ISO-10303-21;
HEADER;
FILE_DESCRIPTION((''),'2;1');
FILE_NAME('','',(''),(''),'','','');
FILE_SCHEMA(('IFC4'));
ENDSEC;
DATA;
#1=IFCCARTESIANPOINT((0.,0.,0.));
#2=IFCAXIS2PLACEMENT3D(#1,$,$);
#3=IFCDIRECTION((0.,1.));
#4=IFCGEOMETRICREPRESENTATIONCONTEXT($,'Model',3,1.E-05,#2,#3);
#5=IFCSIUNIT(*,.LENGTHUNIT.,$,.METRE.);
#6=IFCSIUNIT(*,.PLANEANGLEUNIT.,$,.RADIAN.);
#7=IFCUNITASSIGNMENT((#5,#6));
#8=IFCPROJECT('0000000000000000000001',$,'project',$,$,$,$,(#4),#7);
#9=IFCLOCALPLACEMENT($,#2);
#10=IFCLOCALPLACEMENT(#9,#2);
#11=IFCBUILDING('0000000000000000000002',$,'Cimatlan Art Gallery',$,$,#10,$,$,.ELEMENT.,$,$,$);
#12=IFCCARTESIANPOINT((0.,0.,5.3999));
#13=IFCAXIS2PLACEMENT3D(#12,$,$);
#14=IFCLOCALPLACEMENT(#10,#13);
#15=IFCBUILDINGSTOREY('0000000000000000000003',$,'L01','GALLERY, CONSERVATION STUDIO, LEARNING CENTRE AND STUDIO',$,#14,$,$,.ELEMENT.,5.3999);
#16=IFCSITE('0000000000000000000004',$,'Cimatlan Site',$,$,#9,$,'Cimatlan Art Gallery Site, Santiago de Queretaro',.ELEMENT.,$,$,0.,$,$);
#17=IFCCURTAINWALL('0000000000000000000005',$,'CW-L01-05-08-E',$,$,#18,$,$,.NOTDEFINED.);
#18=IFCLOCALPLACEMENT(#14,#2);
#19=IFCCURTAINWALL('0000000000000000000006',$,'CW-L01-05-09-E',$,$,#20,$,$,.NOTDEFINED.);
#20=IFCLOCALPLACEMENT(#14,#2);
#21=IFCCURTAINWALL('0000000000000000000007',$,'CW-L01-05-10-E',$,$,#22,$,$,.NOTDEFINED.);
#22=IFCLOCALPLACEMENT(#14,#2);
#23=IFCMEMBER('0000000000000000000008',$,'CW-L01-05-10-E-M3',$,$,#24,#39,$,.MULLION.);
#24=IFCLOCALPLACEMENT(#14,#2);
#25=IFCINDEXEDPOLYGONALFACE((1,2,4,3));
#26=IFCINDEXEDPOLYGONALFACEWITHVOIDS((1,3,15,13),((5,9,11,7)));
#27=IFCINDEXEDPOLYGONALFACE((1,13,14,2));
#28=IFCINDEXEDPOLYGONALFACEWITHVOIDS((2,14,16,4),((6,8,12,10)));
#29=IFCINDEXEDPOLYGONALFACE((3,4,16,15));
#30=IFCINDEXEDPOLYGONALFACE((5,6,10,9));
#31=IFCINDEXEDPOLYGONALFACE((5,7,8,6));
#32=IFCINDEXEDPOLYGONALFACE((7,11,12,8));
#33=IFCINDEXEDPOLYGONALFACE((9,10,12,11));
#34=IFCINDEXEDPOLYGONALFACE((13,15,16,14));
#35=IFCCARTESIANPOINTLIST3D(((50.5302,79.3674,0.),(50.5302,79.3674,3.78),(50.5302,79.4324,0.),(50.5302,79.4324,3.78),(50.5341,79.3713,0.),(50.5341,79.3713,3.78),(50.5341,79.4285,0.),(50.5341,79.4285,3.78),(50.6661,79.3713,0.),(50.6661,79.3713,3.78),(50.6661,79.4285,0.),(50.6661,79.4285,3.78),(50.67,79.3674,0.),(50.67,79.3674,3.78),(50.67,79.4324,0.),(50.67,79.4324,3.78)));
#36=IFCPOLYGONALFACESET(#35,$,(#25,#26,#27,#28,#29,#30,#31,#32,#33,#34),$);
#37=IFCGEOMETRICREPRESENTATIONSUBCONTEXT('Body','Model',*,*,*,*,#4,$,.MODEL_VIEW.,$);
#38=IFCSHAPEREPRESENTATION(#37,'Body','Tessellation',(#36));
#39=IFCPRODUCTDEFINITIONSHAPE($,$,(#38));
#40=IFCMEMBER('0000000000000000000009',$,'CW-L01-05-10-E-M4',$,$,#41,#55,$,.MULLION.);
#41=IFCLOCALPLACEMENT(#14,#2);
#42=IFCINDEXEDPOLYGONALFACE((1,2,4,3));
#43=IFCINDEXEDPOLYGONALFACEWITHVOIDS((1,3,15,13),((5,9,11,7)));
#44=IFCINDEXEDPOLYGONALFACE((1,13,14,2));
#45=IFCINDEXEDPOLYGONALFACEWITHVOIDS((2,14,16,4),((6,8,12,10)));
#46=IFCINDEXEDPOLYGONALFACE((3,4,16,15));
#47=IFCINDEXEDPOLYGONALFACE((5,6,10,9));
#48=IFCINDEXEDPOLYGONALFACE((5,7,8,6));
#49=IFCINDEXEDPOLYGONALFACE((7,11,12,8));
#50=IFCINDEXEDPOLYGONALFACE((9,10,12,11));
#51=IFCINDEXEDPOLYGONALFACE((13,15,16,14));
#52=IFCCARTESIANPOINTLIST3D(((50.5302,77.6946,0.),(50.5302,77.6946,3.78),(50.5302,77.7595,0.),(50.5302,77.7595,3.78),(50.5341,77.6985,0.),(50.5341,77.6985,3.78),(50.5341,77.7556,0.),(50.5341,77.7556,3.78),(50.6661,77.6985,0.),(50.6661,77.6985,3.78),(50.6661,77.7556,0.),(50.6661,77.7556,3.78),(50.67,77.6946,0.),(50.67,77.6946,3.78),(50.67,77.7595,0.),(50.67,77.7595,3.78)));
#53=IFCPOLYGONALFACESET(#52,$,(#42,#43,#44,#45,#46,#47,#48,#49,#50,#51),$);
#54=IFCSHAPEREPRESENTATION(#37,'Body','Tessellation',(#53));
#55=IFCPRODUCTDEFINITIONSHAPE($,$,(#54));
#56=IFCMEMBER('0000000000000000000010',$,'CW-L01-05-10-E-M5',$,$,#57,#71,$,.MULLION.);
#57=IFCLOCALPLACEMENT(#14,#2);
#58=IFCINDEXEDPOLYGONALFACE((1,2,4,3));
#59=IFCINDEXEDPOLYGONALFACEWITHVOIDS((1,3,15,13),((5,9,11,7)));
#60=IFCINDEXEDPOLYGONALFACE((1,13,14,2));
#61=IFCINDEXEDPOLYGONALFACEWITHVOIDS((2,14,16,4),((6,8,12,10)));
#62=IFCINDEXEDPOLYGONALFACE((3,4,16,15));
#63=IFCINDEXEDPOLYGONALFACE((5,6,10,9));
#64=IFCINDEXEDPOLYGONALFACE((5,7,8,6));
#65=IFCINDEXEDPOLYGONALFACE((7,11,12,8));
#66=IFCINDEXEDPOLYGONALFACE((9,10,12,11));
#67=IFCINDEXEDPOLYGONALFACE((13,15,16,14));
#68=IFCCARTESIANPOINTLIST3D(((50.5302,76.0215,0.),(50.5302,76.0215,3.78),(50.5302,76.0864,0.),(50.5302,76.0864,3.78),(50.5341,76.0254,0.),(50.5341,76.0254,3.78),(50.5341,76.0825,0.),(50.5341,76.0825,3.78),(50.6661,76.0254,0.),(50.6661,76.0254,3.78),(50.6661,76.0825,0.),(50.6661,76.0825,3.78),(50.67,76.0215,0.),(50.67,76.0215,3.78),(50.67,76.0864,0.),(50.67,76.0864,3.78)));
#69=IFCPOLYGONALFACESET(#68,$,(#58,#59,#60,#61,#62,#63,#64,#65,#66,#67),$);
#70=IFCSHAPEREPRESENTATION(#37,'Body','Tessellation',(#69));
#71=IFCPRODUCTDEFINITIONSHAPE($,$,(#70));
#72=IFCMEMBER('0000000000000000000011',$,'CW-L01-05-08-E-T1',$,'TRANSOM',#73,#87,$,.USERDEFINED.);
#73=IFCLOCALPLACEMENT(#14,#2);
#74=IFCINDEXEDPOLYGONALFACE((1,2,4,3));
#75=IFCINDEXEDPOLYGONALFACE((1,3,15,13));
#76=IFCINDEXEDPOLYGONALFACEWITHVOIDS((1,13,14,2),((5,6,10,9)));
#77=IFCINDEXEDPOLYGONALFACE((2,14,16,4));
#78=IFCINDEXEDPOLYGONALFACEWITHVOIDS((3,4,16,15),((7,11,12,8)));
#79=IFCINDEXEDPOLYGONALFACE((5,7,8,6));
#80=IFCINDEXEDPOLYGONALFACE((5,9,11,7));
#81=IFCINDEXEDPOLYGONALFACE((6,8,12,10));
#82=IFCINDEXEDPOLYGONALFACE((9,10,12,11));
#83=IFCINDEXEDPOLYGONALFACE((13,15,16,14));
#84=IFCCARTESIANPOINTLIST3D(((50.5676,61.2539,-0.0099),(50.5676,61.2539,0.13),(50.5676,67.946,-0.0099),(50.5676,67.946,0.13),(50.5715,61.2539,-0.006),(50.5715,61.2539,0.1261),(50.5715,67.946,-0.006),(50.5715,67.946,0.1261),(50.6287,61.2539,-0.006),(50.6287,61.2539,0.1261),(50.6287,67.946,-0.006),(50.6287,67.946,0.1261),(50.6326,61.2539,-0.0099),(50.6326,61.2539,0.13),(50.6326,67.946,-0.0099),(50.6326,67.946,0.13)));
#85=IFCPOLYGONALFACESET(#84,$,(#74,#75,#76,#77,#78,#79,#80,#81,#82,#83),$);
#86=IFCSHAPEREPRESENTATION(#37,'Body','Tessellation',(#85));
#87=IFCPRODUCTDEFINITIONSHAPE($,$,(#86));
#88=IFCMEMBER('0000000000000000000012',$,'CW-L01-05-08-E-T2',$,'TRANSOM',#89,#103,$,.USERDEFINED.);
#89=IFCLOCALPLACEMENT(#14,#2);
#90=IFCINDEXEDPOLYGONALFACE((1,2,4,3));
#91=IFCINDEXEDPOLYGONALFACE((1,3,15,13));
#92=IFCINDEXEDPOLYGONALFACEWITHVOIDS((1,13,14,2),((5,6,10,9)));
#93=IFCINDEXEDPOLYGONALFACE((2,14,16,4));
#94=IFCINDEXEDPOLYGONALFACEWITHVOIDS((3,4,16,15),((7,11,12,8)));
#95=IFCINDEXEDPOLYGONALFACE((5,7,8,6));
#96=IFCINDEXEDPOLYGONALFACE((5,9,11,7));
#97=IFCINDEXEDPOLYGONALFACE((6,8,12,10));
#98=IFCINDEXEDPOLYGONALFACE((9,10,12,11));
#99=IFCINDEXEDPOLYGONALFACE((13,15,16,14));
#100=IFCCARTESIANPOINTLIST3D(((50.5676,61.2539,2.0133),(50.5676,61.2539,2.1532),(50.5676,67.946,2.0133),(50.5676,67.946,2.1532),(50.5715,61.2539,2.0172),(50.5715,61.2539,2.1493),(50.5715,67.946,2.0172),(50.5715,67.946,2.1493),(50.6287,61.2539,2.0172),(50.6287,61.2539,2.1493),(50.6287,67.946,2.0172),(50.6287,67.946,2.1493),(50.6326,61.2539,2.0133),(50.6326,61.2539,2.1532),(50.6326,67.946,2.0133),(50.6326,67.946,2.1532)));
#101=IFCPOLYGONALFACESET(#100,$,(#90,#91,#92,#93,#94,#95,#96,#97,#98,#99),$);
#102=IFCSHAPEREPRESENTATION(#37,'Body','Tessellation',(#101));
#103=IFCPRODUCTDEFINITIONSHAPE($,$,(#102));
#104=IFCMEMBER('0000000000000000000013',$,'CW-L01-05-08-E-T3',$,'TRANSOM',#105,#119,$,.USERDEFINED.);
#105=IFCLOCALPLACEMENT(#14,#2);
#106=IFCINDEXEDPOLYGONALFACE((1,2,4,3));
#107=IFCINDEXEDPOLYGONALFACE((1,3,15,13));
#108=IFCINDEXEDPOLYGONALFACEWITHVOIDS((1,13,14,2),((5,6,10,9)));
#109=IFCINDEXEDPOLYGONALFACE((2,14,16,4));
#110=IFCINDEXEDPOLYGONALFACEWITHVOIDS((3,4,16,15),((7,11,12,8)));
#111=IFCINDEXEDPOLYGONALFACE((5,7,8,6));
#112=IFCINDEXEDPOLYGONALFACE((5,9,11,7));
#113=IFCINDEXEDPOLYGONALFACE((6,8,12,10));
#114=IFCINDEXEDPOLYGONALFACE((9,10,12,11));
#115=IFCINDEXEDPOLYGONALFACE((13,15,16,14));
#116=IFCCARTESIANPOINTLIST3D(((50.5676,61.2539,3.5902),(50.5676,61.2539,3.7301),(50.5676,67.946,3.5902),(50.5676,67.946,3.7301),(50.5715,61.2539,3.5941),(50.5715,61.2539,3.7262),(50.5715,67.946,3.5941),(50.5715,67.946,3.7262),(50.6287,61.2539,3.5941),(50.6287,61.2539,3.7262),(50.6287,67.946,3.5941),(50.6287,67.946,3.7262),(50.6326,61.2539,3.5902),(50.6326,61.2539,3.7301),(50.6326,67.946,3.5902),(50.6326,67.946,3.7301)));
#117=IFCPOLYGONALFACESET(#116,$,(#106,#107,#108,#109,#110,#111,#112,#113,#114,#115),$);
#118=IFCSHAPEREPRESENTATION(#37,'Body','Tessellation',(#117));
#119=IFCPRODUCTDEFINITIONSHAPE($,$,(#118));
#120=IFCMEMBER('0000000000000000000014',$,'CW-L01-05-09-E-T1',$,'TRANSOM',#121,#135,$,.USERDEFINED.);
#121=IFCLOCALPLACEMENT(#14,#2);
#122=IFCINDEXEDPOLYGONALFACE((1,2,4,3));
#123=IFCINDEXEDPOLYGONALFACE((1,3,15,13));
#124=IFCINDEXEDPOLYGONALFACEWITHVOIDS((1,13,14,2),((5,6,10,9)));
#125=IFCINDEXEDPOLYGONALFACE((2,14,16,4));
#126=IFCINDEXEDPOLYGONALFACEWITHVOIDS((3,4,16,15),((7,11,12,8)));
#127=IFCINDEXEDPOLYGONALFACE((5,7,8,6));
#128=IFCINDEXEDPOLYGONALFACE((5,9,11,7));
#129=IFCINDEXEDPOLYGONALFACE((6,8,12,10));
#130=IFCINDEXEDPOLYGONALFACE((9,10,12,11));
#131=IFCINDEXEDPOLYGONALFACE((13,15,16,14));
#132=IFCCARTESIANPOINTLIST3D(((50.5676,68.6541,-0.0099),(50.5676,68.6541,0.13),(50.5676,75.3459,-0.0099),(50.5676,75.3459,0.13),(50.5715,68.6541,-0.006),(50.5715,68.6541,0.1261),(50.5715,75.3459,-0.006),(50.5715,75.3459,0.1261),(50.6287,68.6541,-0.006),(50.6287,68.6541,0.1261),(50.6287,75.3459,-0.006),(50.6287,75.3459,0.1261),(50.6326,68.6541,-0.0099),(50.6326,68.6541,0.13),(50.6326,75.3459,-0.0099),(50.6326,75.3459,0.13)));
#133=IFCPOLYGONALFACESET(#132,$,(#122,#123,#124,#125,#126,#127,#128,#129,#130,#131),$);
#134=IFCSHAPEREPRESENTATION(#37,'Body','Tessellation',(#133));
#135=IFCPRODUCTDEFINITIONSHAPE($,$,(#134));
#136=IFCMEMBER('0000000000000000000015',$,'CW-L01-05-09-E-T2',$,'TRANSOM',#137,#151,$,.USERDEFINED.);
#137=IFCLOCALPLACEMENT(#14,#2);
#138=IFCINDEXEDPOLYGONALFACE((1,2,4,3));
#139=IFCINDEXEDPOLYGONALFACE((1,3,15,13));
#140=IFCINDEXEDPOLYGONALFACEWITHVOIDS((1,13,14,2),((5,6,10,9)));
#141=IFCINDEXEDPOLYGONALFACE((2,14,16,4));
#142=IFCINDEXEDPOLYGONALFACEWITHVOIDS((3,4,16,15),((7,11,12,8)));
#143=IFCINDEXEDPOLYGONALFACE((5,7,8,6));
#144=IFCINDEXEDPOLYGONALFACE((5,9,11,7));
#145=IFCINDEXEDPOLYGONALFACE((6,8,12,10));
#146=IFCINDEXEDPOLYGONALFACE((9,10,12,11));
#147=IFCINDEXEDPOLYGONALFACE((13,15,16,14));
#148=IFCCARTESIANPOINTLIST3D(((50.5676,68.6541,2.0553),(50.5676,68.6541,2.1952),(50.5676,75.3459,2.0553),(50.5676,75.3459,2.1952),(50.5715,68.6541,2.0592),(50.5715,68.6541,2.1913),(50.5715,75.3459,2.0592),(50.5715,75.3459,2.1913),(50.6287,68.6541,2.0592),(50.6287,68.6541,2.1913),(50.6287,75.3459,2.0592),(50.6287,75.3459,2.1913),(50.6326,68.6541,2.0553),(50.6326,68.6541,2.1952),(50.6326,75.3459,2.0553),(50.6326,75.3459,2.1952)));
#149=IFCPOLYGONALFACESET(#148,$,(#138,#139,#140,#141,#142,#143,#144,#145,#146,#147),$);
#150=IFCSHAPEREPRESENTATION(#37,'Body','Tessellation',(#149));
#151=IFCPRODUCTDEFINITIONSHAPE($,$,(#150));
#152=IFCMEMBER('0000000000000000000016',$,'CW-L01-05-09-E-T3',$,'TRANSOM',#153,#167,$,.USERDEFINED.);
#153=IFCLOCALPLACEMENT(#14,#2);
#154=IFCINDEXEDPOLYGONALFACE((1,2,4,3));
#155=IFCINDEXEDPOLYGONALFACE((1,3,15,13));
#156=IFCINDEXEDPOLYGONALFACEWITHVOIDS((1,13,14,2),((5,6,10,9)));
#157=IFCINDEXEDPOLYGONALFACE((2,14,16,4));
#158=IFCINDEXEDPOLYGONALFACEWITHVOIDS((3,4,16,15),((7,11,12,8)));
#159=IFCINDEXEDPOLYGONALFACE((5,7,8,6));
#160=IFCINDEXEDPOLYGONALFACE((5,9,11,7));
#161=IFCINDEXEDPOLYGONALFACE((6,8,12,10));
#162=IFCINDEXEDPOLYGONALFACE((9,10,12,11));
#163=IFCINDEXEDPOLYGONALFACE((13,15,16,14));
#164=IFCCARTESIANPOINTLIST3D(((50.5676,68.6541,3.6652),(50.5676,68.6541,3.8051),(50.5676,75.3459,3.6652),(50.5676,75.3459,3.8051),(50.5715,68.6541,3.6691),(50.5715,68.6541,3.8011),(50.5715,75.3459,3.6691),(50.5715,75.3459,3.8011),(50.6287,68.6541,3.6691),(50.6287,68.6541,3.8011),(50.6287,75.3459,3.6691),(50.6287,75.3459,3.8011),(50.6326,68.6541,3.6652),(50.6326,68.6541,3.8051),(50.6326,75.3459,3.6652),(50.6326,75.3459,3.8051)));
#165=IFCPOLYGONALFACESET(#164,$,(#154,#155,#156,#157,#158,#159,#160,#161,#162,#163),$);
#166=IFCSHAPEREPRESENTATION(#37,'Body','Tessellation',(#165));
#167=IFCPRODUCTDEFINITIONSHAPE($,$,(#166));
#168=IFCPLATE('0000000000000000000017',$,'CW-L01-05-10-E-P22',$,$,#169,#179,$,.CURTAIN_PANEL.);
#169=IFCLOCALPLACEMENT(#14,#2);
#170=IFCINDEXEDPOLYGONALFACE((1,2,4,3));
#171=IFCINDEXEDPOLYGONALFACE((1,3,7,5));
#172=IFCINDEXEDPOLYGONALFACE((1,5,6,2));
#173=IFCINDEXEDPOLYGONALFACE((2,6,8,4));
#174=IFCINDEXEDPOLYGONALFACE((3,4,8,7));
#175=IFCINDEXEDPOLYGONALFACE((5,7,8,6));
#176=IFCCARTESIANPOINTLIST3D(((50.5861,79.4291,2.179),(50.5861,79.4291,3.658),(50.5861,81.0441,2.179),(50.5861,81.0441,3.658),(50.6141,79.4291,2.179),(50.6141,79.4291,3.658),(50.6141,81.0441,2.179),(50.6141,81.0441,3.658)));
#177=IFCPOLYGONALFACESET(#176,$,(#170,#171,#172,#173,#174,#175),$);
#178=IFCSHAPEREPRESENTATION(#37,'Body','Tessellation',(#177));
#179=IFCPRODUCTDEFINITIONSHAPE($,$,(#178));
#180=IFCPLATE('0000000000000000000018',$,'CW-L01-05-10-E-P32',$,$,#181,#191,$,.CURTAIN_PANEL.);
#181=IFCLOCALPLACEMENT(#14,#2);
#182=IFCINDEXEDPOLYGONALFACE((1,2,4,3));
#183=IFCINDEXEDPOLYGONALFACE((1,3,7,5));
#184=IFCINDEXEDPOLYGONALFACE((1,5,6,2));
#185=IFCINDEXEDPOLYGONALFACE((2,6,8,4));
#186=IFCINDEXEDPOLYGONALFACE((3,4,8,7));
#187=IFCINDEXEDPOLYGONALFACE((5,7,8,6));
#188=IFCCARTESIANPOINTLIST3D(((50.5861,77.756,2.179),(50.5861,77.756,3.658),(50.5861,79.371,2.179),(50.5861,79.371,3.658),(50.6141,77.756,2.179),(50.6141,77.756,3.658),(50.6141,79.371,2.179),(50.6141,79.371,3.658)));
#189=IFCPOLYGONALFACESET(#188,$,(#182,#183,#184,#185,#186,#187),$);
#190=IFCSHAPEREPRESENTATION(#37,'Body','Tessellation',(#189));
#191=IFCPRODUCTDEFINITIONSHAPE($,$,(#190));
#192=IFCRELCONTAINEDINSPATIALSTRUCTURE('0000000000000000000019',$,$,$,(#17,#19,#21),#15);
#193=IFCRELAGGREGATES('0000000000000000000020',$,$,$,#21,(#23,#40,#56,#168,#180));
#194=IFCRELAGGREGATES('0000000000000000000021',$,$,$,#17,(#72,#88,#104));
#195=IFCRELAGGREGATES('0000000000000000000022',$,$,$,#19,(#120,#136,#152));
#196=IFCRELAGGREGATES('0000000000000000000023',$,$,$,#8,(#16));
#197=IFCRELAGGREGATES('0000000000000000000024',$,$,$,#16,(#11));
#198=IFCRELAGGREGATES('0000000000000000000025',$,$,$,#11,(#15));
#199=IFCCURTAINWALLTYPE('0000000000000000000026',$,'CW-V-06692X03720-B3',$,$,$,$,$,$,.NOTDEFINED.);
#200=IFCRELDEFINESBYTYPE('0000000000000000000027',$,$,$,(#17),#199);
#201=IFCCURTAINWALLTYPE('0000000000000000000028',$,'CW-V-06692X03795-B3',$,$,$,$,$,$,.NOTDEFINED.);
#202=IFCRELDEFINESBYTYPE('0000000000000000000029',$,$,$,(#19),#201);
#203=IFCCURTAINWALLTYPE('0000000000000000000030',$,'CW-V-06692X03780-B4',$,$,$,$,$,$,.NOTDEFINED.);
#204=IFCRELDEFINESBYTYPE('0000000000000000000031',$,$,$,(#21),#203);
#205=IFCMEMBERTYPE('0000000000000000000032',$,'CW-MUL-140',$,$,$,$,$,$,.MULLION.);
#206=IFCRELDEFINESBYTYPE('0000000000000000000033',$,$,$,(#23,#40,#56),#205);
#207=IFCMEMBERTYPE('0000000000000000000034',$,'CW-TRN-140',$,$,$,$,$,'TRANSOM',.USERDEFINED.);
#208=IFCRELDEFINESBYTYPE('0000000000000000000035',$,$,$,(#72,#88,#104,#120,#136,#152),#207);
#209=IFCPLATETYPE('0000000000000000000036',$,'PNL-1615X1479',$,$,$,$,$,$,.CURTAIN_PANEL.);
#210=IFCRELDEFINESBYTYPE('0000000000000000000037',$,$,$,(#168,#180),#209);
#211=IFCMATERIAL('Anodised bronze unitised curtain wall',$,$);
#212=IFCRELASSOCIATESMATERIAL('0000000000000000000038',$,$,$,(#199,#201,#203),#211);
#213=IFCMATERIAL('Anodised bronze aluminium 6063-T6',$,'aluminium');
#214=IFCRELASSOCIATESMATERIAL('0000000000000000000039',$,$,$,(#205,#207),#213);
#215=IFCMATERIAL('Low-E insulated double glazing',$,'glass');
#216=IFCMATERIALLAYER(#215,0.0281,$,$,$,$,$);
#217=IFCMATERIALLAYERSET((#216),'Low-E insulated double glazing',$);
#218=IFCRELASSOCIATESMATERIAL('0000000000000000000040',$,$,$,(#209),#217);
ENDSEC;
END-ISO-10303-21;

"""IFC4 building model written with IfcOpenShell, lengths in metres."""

from ifc_helpers import new_model, si_unit, direction, frame, origin, origin_2d, place, context, subcontext, project, spatial, rectangle, hollow_rectangle, extrude, material, layer, layer_set, material_profile, profile_set, type_object, element, aggregate, save


model = new_model("IFC4")

# Units and contexts
model_context = context("Model", 3, precision=1e-05, world=origin(), true_north=direction((0.0, 1.0)))
body_context = subcontext(model_context, "Body", "Model", "MODEL_VIEW")
ifc_project = project(units=[si_unit("LENGTHUNIT", "METRE"), si_unit("PLANEANGLEUNIT", "RADIAN")], contexts=[model_context])

# Site, building, storey
site_placement = place(None, origin())
site = spatial("IfcSite", under=ifc_project, at=site_placement, Name="Cimatlan Site", LongName="Cimatlan Art Gallery Site, Santiago de Queretaro", CompositionType="ELEMENT", RefElevation=0.0)
building_placement = place(site_placement, origin())
building = spatial("IfcBuilding", under=site, at=building_placement, Name="Cimatlan Art Gallery", CompositionType="ELEMENT")
storey_placement = place(building_placement, frame((0.0, 0.0, 5.3999)))
storey = spatial("IfcBuildingStorey", under=building, at=storey_placement, Name="L01", Description="GALLERY, CONSERVATION STUDIO, LEARNING CENTRE AND STUDIO", CompositionType="ELEMENT", Elevation=5.3999)

# Curtain walls, members
ifc_material_1 = material(Name="Anodised bronze unitised curtain wall")
curtain_wall_type_1 = type_object("IfcCurtainWallType", Name="CW-V-06692X03720-B3", PredefinedType="NOTDEFINED", material=ifc_material_1)
curtain_wall_1_placement = place(storey_placement, origin())
curtain_wall_1 = element("IfcCurtainWall", 1, at=curtain_wall_1_placement, inside=storey, type_object=curtain_wall_type_1, Name="CW-L01-05-08-E", PredefinedType="NOTDEFINED")
ifc_material_2 = material(Name="Anodised bronze aluminium 6063-T6", Category="aluminium")
ifc_material_profile_1 = material_profile(ifc_material_2, hollow_rectangle(XDim=0.0649, YDim=0.1399, WallThickness=0.0039, at=origin_2d()), Name="ALU65X140X4")
ifc_profile_set_1 = profile_set([ifc_material_profile_1], Name="Anodised bronze aluminium 6063-T6")
member_type_1 = type_object("IfcMemberType", Name="CW-MUL-140", PredefinedType="MULLION", material=ifc_profile_set_1)
curtain_wall_type_2 = type_object("IfcCurtainWallType", Name="CW-V-06692X03795-B3", PredefinedType="NOTDEFINED", material=ifc_material_1)
curtain_wall_2_placement = place(storey_placement, origin())
curtain_wall_2 = element("IfcCurtainWall", 2, at=curtain_wall_2_placement, inside=storey, type_object=curtain_wall_type_2, Name="CW-L01-05-09-E", PredefinedType="NOTDEFINED")
curtain_wall_type_3 = type_object("IfcCurtainWallType", Name="CW-V-06692X03780-B4", PredefinedType="NOTDEFINED", material=ifc_material_1)
curtain_wall_3_placement = place(storey_placement, origin())
curtain_wall_3 = element("IfcCurtainWall", 3, at=curtain_wall_3_placement, inside=storey, type_object=curtain_wall_type_3, Name="CW-L01-05-10-E", PredefinedType="NOTDEFINED")
member_1_placement = place(storey_placement, frame((50.6001, 79.3999, 0.0), z_axis=(0.0, 0.0, 1.0), x_axis=(0.0, 1.0, 0.0)))
member_1 = element("IfcMember", 4, at=member_1_placement, type_object=member_type_1, Name="CW-L01-05-10-E-M3", PredefinedType="MULLION", context=body_context, shape_type="SweptSolid", body=[
    extrude(hollow_rectangle(XDim=0.0649, YDim=0.1399, WallThickness=0.0039, at=origin_2d()), origin(), (0.0, 0.0, 1.0), 3.78),
])
member_2_placement = place(storey_placement, frame((50.6001, 77.7271, 0.0), z_axis=(0.0, 0.0, 1.0), x_axis=(0.0, 1.0, 0.0)))
member_2 = element("IfcMember", 5, at=member_2_placement, type_object=member_type_1, Name="CW-L01-05-10-E-M4", PredefinedType="MULLION", context=body_context, shape_type="SweptSolid", body=[
    extrude(hollow_rectangle(XDim=0.0649, YDim=0.1399, WallThickness=0.0039, at=origin_2d()), origin(), (0.0, 0.0, 1.0), 3.78),
])
member_3_placement = place(storey_placement, frame((50.6001, 76.054, 0.0), z_axis=(0.0, 0.0, 1.0), x_axis=(0.0, 1.0, 0.0)))
member_3 = element("IfcMember", 6, at=member_3_placement, type_object=member_type_1, Name="CW-L01-05-10-E-M5", PredefinedType="MULLION", context=body_context, shape_type="SweptSolid", body=[
    extrude(hollow_rectangle(XDim=0.0649, YDim=0.1399, WallThickness=0.0039, at=origin_2d()), origin(), (0.0, 0.0, 1.0), 3.78),
])

# Members
ifc_material_profile_2 = material_profile(ifc_material_2, hollow_rectangle(XDim=0.0649, YDim=0.1399, WallThickness=0.0039, at=origin_2d()), Name="ALU65X140X4")
ifc_profile_set_2 = profile_set([ifc_material_profile_2], Name="Anodised bronze aluminium 6063-T6")
member_type_2 = type_object("IfcMemberType", Name="CW-TRN-140", ElementType="TRANSOM", PredefinedType="USERDEFINED", material=ifc_profile_set_2)
member_4_placement = place(storey_placement, frame((50.6001, 67.946, 0.0601), z_axis=(0.0, -1.0, 0.0), x_axis=(1.0, 0.0, 0.0)))
member_4 = element("IfcMember", 7, at=member_4_placement, type_object=member_type_2, Name="CW-L01-05-08-E-T1", ObjectType="TRANSOM", PredefinedType="USERDEFINED", context=body_context, shape_type="SweptSolid", body=[
    extrude(hollow_rectangle(XDim=0.0649, YDim=0.1399, WallThickness=0.0039, at=origin_2d()), origin(), (0.0, 0.0, 1.0), 6.6921),
])
member_5_placement = place(storey_placement, frame((50.6001, 67.946, 2.0833), z_axis=(0.0, -1.0, 0.0), x_axis=(1.0, 0.0, 0.0)))
member_5 = element("IfcMember", 8, at=member_5_placement, type_object=member_type_2, Name="CW-L01-05-08-E-T2", ObjectType="TRANSOM", PredefinedType="USERDEFINED", context=body_context, shape_type="SweptSolid", body=[
    extrude(hollow_rectangle(XDim=0.0649, YDim=0.1399, WallThickness=0.0039, at=origin_2d()), origin(), (0.0, 0.0, 1.0), 6.6921),
])
member_6_placement = place(storey_placement, frame((50.6001, 67.946, 3.6602), z_axis=(0.0, -1.0, 0.0), x_axis=(1.0, 0.0, 0.0)))
member_6 = element("IfcMember", 9, at=member_6_placement, type_object=member_type_2, Name="CW-L01-05-08-E-T3", ObjectType="TRANSOM", PredefinedType="USERDEFINED", context=body_context, shape_type="SweptSolid", body=[
    extrude(hollow_rectangle(XDim=0.0649, YDim=0.1399, WallThickness=0.0039, at=origin_2d()), origin(), (0.0, 0.0, 1.0), 6.6921),
])
member_7_placement = place(storey_placement, frame((50.6001, 75.3459, 0.0601), z_axis=(0.0, -1.0, 0.0), x_axis=(1.0, 0.0, 0.0)))
member_7 = element("IfcMember", 10, at=member_7_placement, type_object=member_type_2, Name="CW-L01-05-09-E-T1", ObjectType="TRANSOM", PredefinedType="USERDEFINED", context=body_context, shape_type="SweptSolid", body=[
    extrude(hollow_rectangle(XDim=0.0649, YDim=0.1399, WallThickness=0.0039, at=origin_2d()), origin(), (0.0, 0.0, 1.0), 6.6919),
])
member_8_placement = place(storey_placement, frame((50.6001, 75.3459, 2.1252), z_axis=(0.0, -1.0, 0.0), x_axis=(1.0, 0.0, 0.0)))
member_8 = element("IfcMember", 11, at=member_8_placement, type_object=member_type_2, Name="CW-L01-05-09-E-T2", ObjectType="TRANSOM", PredefinedType="USERDEFINED", context=body_context, shape_type="SweptSolid", body=[
    extrude(hollow_rectangle(XDim=0.0649, YDim=0.1399, WallThickness=0.0039, at=origin_2d()), origin(), (0.0, 0.0, 1.0), 6.6919),
])
member_9_placement = place(storey_placement, frame((50.6001, 75.3459, 3.7351), z_axis=(0.0, -1.0, 0.0), x_axis=(1.0, 0.0, 0.0)))
member_9 = element("IfcMember", 12, at=member_9_placement, type_object=member_type_2, Name="CW-L01-05-09-E-T3", ObjectType="TRANSOM", PredefinedType="USERDEFINED", context=body_context, shape_type="SweptSolid", body=[
    extrude(hollow_rectangle(XDim=0.0649, YDim=0.1399, WallThickness=0.0039, at=origin_2d()), origin(), (0.0, 0.0, 1.0), 6.6919),
])

# Plates
ifc_material_3 = material(Name="Low-E insulated double glazing", Category="glass")
ifc_layer_1 = layer(ifc_material_3, 0.0281)
ifc_layer_set_1 = layer_set([ifc_layer_1], Name="Low-E insulated double glazing")
plate_type_1 = type_object("IfcPlateType", Name="PNL-1615X1479", PredefinedType="CURTAIN_PANEL", material=ifc_layer_set_1)
plate_1_placement = place(storey_placement, frame((50.6001, 80.2366, 2.179), z_axis=(0.0, 0.0, 1.0), x_axis=(0.0, -1.0, 0.0)))
plate_1 = element("IfcPlate", 13, at=plate_1_placement, type_object=plate_type_1, Name="CW-L01-05-10-E-P22", PredefinedType="CURTAIN_PANEL", context=body_context, shape_type="SweptSolid", body=[
    extrude(rectangle(XDim=1.615, YDim=0.0281, at=origin_2d()), origin(), (0.0, 0.0, 1.0), 1.479),
])
plate_2_placement = place(storey_placement, frame((50.6001, 78.5635, 2.179), z_axis=(0.0, 0.0, 1.0), x_axis=(0.0, -1.0, 0.0)))
plate_2 = element("IfcPlate", 14, at=plate_2_placement, type_object=plate_type_1, Name="CW-L01-05-10-E-P32", PredefinedType="CURTAIN_PANEL", context=body_context, shape_type="SweptSolid", body=[
    extrude(rectangle(XDim=1.615, YDim=0.0281, at=origin_2d()), origin(), (0.0, 0.0, 1.0), 1.479),
])
aggregate(curtain_wall_3, [member_1, member_2, member_3, plate_1, plate_2])
aggregate(curtain_wall_1, [member_4, member_5, member_6])
aggregate(curtain_wall_2, [member_7, member_8, member_9])

save(model, "model.ifc")
